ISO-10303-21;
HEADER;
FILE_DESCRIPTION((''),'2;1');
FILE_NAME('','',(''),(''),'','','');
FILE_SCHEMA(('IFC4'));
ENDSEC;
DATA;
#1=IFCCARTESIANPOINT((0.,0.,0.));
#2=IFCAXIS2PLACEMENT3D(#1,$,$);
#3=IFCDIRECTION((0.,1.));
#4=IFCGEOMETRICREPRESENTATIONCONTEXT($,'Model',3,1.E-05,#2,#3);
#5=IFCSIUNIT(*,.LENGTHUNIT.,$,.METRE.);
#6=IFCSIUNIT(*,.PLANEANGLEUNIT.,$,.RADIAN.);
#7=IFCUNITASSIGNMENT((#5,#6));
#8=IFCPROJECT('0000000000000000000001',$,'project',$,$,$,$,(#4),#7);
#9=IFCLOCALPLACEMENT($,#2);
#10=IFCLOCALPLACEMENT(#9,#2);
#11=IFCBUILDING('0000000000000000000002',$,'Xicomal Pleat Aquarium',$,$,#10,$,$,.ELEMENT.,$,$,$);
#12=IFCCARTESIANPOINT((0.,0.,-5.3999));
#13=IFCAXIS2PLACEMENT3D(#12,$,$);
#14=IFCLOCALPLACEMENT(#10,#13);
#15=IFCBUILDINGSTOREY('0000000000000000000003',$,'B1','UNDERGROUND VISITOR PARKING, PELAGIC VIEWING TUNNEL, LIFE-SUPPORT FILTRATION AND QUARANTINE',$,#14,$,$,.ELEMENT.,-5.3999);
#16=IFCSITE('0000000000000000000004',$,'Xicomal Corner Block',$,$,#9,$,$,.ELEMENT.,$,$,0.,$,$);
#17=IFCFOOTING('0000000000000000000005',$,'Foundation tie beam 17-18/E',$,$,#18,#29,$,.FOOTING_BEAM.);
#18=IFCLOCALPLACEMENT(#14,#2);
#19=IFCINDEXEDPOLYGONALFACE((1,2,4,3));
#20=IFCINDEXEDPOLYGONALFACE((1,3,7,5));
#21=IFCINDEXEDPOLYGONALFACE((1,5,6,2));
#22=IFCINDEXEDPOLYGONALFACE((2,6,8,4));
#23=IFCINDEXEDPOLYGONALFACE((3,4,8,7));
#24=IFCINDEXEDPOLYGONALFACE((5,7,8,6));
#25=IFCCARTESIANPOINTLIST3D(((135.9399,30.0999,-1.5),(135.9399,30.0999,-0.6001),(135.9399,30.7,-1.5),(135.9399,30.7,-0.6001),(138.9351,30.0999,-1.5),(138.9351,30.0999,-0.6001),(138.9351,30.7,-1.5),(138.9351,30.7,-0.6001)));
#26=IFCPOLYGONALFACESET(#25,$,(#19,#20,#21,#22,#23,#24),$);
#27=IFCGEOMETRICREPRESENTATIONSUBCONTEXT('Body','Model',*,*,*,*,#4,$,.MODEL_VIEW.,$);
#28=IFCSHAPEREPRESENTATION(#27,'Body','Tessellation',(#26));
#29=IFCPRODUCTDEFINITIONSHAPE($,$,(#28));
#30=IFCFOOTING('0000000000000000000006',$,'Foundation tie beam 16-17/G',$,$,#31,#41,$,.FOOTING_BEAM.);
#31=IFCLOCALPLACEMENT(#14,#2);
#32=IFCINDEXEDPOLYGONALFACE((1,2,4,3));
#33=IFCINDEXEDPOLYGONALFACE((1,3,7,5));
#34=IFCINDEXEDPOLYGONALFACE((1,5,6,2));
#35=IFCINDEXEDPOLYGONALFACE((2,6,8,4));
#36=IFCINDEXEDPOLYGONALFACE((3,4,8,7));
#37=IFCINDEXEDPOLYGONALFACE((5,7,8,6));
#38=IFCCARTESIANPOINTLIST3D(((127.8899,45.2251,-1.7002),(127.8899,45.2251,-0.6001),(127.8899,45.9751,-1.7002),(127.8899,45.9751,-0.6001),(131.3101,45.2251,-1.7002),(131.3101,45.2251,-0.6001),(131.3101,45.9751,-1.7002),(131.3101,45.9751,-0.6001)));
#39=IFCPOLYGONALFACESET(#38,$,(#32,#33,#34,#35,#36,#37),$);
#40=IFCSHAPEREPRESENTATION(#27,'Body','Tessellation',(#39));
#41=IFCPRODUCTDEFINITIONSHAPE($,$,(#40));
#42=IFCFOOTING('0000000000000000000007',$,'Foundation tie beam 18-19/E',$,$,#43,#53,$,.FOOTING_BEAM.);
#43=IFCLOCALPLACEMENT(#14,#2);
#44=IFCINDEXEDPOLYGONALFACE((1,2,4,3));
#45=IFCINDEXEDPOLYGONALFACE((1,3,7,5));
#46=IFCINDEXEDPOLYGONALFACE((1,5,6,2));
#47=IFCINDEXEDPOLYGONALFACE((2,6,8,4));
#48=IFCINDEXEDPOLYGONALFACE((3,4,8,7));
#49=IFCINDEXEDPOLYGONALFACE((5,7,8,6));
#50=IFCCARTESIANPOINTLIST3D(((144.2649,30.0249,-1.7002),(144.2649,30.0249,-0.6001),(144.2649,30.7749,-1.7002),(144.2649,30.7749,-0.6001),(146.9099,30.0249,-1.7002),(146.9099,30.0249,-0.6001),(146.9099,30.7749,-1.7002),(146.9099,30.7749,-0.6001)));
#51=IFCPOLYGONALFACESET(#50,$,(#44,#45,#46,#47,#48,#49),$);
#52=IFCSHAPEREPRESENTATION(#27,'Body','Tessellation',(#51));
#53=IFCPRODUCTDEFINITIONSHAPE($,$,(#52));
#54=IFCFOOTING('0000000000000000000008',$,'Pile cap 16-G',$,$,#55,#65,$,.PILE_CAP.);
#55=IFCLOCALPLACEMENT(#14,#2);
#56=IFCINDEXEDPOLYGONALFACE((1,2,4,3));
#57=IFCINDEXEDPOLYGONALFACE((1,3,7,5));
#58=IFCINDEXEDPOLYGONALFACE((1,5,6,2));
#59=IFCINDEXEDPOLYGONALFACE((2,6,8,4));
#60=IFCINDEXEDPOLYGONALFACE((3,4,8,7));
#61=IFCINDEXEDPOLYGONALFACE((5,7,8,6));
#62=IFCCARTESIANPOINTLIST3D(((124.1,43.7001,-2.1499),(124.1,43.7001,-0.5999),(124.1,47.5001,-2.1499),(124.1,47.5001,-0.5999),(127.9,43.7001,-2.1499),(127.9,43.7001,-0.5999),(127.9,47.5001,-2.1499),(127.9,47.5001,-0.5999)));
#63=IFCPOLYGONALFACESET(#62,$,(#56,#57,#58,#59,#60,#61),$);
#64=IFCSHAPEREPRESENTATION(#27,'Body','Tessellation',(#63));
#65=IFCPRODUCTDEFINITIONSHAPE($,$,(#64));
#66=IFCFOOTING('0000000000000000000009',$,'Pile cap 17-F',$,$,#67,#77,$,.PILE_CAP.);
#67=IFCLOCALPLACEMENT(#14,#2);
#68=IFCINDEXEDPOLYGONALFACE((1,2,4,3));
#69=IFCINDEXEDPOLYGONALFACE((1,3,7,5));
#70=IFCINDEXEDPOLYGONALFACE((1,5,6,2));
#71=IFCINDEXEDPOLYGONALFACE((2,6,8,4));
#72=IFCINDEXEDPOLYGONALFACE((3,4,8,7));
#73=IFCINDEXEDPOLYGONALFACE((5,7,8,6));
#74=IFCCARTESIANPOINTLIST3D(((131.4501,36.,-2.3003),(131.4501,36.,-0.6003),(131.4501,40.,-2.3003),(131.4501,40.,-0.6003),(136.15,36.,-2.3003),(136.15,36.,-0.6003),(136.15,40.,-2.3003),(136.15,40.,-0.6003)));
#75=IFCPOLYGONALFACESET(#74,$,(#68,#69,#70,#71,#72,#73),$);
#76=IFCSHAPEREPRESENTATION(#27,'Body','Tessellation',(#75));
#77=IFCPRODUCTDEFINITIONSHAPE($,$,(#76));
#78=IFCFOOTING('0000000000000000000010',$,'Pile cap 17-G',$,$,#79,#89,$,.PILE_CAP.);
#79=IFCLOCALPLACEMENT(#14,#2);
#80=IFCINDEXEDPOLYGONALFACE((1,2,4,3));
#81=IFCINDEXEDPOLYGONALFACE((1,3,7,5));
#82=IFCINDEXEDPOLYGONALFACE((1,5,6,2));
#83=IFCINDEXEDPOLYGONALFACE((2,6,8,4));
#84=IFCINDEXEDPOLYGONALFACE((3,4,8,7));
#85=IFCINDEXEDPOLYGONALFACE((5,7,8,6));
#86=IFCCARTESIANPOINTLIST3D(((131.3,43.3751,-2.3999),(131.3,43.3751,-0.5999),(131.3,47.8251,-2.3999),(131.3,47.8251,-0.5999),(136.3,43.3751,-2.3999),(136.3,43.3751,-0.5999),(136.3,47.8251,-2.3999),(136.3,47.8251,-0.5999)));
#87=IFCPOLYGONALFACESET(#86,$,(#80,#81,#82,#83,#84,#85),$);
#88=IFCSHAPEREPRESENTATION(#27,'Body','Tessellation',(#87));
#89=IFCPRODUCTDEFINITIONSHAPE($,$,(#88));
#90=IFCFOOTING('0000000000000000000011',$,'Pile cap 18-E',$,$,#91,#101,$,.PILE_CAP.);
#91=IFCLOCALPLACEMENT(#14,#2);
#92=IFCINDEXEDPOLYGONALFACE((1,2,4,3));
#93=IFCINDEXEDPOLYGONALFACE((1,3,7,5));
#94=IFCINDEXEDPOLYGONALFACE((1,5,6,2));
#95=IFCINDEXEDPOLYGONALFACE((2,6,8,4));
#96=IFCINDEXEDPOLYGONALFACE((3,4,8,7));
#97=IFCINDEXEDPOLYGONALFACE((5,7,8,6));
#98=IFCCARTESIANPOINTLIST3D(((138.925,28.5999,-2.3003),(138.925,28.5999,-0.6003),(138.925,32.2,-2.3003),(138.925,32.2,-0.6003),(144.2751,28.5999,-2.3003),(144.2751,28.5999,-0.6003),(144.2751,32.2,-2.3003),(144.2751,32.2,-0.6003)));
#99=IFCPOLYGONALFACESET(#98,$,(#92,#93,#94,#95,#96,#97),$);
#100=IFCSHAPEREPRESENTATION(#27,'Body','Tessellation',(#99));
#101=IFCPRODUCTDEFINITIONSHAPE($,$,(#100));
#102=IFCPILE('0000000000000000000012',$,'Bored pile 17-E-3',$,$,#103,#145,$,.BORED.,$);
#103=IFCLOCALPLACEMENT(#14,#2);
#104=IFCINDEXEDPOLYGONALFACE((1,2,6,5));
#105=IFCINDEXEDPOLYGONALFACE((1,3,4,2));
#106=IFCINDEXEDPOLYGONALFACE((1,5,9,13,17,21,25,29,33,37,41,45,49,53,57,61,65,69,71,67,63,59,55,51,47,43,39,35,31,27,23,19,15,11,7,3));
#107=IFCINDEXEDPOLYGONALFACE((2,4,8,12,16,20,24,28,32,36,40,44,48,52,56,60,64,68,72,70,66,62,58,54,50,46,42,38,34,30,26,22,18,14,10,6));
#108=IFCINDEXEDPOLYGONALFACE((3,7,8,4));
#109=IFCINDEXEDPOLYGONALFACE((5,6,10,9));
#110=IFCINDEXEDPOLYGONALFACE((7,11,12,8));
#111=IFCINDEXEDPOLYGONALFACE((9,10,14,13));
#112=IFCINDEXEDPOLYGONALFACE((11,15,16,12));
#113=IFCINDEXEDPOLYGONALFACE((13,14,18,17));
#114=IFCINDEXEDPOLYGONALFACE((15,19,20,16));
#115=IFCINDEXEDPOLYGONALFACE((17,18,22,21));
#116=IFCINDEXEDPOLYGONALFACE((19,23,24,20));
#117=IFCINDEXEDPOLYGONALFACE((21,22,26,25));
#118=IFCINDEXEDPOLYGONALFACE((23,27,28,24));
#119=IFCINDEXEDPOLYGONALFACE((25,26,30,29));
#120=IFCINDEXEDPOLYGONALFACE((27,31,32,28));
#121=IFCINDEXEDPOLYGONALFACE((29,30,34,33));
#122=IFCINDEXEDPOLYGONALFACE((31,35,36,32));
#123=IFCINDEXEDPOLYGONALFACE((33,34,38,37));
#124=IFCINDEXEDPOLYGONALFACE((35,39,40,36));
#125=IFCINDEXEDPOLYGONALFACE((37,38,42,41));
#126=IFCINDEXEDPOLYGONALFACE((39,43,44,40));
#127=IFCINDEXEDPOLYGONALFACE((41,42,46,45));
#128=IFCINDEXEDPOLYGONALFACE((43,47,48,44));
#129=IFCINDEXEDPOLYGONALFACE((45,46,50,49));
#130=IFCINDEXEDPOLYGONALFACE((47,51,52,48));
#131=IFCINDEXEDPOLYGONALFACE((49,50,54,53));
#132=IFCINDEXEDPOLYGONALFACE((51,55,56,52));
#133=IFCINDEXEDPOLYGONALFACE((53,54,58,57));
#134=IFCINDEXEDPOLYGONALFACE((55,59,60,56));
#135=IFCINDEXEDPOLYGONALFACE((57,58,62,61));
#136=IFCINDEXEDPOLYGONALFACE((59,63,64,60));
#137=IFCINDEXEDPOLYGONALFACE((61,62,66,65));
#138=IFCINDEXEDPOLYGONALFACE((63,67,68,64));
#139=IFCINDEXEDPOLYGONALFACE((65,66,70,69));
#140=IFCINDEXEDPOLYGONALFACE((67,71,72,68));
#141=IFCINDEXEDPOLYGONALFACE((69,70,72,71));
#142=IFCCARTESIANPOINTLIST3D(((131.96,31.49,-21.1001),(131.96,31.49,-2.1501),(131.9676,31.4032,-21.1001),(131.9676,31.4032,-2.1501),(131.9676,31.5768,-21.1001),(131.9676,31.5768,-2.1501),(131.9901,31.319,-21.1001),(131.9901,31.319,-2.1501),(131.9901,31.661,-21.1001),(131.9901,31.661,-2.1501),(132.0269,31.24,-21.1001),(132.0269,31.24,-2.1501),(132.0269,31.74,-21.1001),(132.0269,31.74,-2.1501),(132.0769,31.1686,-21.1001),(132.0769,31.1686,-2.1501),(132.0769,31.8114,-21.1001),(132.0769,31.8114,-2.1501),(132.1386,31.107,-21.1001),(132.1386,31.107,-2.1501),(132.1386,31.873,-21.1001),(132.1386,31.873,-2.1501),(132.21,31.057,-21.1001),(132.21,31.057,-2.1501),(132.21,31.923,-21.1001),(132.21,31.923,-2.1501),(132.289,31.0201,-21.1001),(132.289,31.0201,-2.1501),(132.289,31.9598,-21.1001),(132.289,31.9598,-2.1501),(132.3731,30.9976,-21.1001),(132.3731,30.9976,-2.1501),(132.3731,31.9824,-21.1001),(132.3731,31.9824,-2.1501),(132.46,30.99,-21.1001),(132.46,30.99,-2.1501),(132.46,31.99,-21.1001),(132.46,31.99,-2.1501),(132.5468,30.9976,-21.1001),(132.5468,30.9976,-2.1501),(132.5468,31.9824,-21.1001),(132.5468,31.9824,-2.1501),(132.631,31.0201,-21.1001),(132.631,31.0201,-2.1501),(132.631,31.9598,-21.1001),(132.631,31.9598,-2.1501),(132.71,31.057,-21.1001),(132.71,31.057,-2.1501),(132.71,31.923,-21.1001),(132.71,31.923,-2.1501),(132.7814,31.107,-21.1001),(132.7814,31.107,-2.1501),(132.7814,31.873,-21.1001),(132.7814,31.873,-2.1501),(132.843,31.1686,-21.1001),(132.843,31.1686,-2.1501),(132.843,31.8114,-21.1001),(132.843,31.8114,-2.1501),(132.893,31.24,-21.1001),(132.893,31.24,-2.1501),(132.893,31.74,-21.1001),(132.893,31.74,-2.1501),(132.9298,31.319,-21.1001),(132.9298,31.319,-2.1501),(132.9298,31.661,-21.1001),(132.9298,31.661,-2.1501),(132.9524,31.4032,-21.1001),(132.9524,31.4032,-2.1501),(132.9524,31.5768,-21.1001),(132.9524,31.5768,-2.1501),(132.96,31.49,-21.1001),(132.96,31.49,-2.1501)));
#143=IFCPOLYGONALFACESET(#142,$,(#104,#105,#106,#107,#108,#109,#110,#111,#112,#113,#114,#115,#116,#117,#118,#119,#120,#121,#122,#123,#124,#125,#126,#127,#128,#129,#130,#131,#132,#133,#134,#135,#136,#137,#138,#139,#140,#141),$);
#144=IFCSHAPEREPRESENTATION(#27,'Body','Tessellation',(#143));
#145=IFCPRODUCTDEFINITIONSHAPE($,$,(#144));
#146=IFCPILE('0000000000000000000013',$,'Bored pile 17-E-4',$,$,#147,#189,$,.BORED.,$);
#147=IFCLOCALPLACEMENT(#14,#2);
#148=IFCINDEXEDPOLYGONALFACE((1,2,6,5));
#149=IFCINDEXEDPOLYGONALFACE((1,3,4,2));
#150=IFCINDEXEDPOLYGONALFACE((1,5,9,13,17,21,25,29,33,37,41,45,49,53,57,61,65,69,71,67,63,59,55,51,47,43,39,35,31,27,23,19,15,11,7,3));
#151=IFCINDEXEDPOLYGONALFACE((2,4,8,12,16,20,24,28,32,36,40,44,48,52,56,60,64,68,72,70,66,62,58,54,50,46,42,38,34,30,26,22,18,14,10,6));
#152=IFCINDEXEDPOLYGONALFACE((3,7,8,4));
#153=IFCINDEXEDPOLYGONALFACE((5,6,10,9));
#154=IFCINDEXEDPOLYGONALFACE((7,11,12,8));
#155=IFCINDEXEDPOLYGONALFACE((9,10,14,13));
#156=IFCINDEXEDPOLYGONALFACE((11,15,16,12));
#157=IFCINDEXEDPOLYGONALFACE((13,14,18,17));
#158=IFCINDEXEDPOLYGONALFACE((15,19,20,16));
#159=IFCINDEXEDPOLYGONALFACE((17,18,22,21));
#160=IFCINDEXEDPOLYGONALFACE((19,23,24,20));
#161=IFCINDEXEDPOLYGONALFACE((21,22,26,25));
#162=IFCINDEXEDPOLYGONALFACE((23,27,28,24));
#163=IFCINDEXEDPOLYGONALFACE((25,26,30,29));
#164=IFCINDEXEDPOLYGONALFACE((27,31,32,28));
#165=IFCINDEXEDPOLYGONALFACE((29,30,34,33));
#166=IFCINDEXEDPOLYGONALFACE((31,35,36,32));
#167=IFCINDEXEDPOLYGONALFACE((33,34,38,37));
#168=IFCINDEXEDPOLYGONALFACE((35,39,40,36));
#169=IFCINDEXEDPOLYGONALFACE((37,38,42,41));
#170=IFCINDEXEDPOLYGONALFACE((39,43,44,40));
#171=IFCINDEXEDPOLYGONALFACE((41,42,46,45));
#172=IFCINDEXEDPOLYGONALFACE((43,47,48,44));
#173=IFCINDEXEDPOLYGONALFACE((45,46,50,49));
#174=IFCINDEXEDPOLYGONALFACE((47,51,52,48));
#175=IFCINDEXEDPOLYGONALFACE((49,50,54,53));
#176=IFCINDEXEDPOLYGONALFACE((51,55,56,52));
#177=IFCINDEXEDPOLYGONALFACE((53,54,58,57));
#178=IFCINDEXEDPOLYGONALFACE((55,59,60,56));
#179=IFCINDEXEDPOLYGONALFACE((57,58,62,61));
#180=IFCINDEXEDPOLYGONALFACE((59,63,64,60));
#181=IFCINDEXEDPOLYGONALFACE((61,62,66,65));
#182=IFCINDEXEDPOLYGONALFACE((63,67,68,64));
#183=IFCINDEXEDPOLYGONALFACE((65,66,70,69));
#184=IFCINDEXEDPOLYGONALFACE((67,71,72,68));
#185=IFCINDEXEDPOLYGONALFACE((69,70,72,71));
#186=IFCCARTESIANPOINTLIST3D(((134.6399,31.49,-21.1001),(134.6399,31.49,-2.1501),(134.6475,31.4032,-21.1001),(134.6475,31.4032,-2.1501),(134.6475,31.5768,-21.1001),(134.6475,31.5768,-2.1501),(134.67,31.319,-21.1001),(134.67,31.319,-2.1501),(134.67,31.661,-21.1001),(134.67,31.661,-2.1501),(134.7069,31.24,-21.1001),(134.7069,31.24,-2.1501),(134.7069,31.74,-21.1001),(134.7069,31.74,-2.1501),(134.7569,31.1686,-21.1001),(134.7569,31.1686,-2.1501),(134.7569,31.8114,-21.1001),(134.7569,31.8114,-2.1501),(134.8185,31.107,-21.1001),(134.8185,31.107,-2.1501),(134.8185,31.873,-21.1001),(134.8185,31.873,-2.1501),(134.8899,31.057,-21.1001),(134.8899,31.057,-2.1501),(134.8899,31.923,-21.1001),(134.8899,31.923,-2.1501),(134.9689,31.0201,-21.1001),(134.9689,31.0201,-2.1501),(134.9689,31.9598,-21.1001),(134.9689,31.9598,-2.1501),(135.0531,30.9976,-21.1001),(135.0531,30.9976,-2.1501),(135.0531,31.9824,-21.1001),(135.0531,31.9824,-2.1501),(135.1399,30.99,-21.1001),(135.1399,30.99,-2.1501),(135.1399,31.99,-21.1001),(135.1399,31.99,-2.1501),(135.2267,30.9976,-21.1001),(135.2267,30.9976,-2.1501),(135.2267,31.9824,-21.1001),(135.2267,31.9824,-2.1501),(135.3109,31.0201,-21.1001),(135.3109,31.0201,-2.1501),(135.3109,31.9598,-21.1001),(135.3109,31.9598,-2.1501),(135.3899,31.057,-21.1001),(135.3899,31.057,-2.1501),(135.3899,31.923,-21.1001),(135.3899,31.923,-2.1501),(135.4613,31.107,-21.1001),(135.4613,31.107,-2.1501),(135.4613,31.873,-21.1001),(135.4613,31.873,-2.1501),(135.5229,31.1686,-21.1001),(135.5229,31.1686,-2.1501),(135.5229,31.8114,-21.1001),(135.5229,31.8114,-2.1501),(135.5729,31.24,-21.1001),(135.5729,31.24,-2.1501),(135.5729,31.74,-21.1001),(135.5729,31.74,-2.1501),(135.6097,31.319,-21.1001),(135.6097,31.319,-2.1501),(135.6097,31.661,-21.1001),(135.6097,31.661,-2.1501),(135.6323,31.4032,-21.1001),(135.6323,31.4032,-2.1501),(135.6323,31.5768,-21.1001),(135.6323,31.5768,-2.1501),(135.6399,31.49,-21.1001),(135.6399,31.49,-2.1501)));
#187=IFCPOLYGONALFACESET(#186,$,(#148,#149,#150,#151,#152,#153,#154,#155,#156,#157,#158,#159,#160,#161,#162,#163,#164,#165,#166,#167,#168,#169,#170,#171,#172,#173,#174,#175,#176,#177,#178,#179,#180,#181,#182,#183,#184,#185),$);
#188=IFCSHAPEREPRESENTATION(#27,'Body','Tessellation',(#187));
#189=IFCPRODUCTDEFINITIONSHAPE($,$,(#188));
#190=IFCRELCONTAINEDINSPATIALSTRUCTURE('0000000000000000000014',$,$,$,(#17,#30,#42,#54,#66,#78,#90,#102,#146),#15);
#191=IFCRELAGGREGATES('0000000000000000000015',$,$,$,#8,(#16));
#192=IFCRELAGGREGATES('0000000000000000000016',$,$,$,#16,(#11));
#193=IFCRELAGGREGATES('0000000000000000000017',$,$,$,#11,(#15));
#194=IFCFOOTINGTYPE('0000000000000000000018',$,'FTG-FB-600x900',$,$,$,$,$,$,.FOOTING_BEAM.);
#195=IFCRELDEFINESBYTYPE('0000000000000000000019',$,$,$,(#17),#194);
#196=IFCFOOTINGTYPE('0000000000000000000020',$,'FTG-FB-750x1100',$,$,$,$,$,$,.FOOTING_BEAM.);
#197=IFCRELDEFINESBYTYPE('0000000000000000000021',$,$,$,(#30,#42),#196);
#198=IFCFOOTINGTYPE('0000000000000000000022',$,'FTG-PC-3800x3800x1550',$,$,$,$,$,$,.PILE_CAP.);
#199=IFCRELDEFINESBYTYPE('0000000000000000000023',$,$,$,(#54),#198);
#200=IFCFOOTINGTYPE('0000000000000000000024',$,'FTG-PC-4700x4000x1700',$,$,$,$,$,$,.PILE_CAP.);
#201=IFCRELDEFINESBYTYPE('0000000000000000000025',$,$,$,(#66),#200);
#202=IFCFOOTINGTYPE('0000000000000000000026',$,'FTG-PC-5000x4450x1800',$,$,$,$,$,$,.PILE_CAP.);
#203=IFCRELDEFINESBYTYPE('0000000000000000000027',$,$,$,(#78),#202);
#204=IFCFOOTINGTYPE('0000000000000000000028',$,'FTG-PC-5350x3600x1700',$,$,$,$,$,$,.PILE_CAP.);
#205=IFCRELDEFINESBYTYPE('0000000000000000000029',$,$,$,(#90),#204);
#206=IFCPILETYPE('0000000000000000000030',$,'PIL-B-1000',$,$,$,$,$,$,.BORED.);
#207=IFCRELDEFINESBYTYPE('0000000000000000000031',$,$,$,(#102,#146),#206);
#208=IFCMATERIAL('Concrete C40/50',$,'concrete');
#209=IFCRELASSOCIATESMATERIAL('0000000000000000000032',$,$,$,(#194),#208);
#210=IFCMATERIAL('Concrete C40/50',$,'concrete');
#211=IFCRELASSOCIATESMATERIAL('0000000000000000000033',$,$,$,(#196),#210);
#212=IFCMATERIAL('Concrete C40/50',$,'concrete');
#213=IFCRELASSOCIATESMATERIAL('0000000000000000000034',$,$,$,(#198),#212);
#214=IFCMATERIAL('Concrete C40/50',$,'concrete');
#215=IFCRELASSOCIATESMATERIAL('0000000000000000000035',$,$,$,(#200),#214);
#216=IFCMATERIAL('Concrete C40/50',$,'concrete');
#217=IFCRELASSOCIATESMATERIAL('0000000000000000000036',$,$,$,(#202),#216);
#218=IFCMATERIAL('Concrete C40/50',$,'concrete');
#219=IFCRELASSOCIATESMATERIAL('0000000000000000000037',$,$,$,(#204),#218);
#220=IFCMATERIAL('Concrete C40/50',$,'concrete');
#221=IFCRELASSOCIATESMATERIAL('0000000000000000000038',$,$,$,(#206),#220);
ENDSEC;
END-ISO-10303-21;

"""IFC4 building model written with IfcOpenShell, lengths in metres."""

from ifc_helpers import new_model, si_unit, direction, frame, origin, origin_2d, place, context, subcontext, project, spatial, rectangle, circle, extrude, material, material_profile, profile_set, type_object, element, save


model = new_model("IFC4")

# Units and contexts
model_context = context("Model", 3, precision=1e-05, world=origin(), true_north=direction((0.0, 1.0)))
body_context = subcontext(model_context, "Body", "Model", "MODEL_VIEW")
ifc_project = project(units=[si_unit("LENGTHUNIT", "METRE"), si_unit("PLANEANGLEUNIT", "RADIAN")], contexts=[model_context])

# Site, building, storey
site_placement = place(None, origin())
site = spatial("IfcSite", under=ifc_project, at=site_placement, Name="Xicomal Corner Block", CompositionType="ELEMENT", RefElevation=0.0)
building_placement = place(site_placement, origin())
building = spatial("IfcBuilding", under=site, at=building_placement, Name="Xicomal Pleat Aquarium", CompositionType="ELEMENT")
storey_placement = place(building_placement, frame((0.0, 0.0, -5.3999)))
storey = spatial("IfcBuildingStorey", under=building, at=storey_placement, Name="B1", Description="UNDERGROUND VISITOR PARKING, PELAGIC VIEWING TUNNEL, LIFE-SUPPORT FILTRATION AND QUARANTINE", CompositionType="ELEMENT", Elevation=-5.3999)

# Footings
ifc_material_1 = material(Name="Concrete C40/50", Category="concrete")
ifc_material_profile_1 = material_profile(ifc_material_1, rectangle(XDim=0.6001, YDim=0.8999, at=origin_2d()), Name="FB-02 600x900")
ifc_profile_set_1 = profile_set([ifc_material_profile_1], Name="Concrete C40/50")
footing_type_1 = type_object("IfcFootingType", Name="FTG-FB-600x900", PredefinedType="FOOTING_BEAM", material=ifc_profile_set_1)
footing_1_placement = place(storey_placement, frame((135.9399, 30.3999, -1.05), z_axis=(1.0, 0.0, 0.0), x_axis=(0.0, 1.0, 0.0)))
element("IfcFooting", 1, at=footing_1_placement, inside=storey, type_object=footing_type_1, Name="Foundation tie beam 17-18/E", PredefinedType="FOOTING_BEAM", context=body_context, shape_type="SweptSolid", body=[
    extrude(rectangle(XDim=0.6001, YDim=0.8999, at=origin_2d()), origin(), (0.0, 0.0, 1.0), 2.9951),
])
ifc_material_2 = material(Name="Concrete C40/50", Category="concrete")
ifc_material_profile_2 = material_profile(ifc_material_2, rectangle(XDim=0.75, YDim=1.1001, at=origin_2d()), Name="FB-04 750x1100")
ifc_profile_set_2 = profile_set([ifc_material_profile_2], Name="Concrete C40/50")
footing_type_2 = type_object("IfcFootingType", Name="FTG-FB-750x1100", PredefinedType="FOOTING_BEAM", material=ifc_profile_set_2)
footing_2_placement = place(storey_placement, frame((127.8899, 45.6001, -1.1501), z_axis=(1.0, 0.0, 0.0), x_axis=(0.0, 1.0, 0.0)))
element("IfcFooting", 2, at=footing_2_placement, inside=storey, type_object=footing_type_2, Name="Foundation tie beam 16-17/G", PredefinedType="FOOTING_BEAM", context=body_context, shape_type="SweptSolid", body=[
    extrude(rectangle(XDim=0.75, YDim=1.1001, at=origin_2d()), origin(), (0.0, 0.0, 1.0), 3.4202),
])
footing_3_placement = place(storey_placement, frame((144.2649, 30.3999, -1.1501), z_axis=(1.0, 0.0, 0.0), x_axis=(0.0, 1.0, 0.0)))
element("IfcFooting", 3, at=footing_3_placement, inside=storey, type_object=footing_type_2, Name="Foundation tie beam 18-19/E", PredefinedType="FOOTING_BEAM", context=body_context, shape_type="SweptSolid", body=[
    extrude(rectangle(XDim=0.75, YDim=1.1001, at=origin_2d()), origin(), (0.0, 0.0, 1.0), 2.645),
])
ifc_material_3 = material(Name="Concrete C40/50", Category="concrete")
footing_type_3 = type_object("IfcFootingType", Name="FTG-PC-3800x3800x1550", PredefinedType="PILE_CAP", material=ifc_material_3)
footing_4_placement = place(storey_placement, frame((126.0, 45.6001, -2.1499), z_axis=(0.0, 0.0, 1.0), x_axis=(1.0, 0.0, 0.0)))
element("IfcFooting", 4, at=footing_4_placement, inside=storey, type_object=footing_type_3, Name="Pile cap 16-G", PredefinedType="PILE_CAP", context=body_context, shape_type="SweptSolid", body=[
    extrude(rectangle(XDim=3.8, YDim=3.8, at=origin_2d()), origin(), (0.0, 0.0, 1.0), 1.55),
])
ifc_material_4 = material(Name="Concrete C40/50", Category="concrete")
footing_type_4 = type_object("IfcFootingType", Name="FTG-PC-4700x4000x1700", PredefinedType="PILE_CAP", material=ifc_material_4)
footing_5_placement = place(storey_placement, frame((133.8, 38.0, -2.3003), z_axis=(0.0, 0.0, 1.0), x_axis=(1.0, 0.0, 0.0)))
element("IfcFooting", 5, at=footing_5_placement, inside=storey, type_object=footing_type_4, Name="Pile cap 17-F", PredefinedType="PILE_CAP", context=body_context, shape_type="SweptSolid", body=[
    extrude(rectangle(XDim=4.7, YDim=4.0, at=origin_2d()), origin(), (0.0, 0.0, 1.0), 1.7),
])
ifc_material_5 = material(Name="Concrete C40/50", Category="concrete")
footing_type_5 = type_object("IfcFootingType", Name="FTG-PC-5000x4450x1800", PredefinedType="PILE_CAP", material=ifc_material_5)
footing_6_placement = place(storey_placement, frame((133.8, 45.6001, -2.3999), z_axis=(0.0, 0.0, 1.0), x_axis=(1.0, 0.0, 0.0)))
element("IfcFooting", 6, at=footing_6_placement, inside=storey, type_object=footing_type_5, Name="Pile cap 17-G", PredefinedType="PILE_CAP", context=body_context, shape_type="SweptSolid", body=[
    extrude(rectangle(XDim=5.0, YDim=4.45, at=origin_2d()), origin(), (0.0, 0.0, 1.0), 1.8),
])
ifc_material_6 = material(Name="Concrete C40/50", Category="concrete")
footing_type_6 = type_object("IfcFootingType", Name="FTG-PC-5350x3600x1700", PredefinedType="PILE_CAP", material=ifc_material_6)
footing_7_placement = place(storey_placement, frame((141.6001, 30.3999, -2.3003), z_axis=(0.0, 0.0, 1.0), x_axis=(1.0, 0.0, 0.0)))
element("IfcFooting", 7, at=footing_7_placement, inside=storey, type_object=footing_type_6, Name="Pile cap 18-E", PredefinedType="PILE_CAP", context=body_context, shape_type="SweptSolid", body=[
    extrude(rectangle(XDim=5.3501, YDim=3.6001, at=origin_2d()), origin(), (0.0, 0.0, 1.0), 1.7),
])

# Piles
ifc_material_7 = material(Name="Concrete C40/50", Category="concrete")
ifc_material_profile_3 = material_profile(ifc_material_7, circle(Radius=0.5, at=origin_2d()), Name="BORED PILE D1000")
ifc_profile_set_3 = profile_set([ifc_material_profile_3], Name="Concrete C40/50")
pile_type_1 = type_object("IfcPileType", Name="PIL-B-1000", PredefinedType="BORED", material=ifc_profile_set_3)
for number, where, z_axis, x_axis, name in (
    (8, (132.46, 31.49, -2.1501), (0.0, 0.0, -1.0), (1.0, 0.0, 0.0), "Bored pile 17-E-3"),
    (9, (135.1399, 31.49, -2.1501), (0.0, 0.0, -1.0), (1.0, 0.0, 0.0), "Bored pile 17-E-4"),
):
    element("IfcPile", number, at=place(storey_placement, frame(where, z_axis=z_axis, x_axis=x_axis)), inside=storey, type_object=pile_type_1, Name=name, PredefinedType="BORED", context=body_context, shape_type="SweptSolid", body=[
        extrude(circle(Radius=0.5, at=origin_2d()), origin(), (0.0, 0.0, 1.0), 18.95),
    ])

save(model, "model.ifc")
